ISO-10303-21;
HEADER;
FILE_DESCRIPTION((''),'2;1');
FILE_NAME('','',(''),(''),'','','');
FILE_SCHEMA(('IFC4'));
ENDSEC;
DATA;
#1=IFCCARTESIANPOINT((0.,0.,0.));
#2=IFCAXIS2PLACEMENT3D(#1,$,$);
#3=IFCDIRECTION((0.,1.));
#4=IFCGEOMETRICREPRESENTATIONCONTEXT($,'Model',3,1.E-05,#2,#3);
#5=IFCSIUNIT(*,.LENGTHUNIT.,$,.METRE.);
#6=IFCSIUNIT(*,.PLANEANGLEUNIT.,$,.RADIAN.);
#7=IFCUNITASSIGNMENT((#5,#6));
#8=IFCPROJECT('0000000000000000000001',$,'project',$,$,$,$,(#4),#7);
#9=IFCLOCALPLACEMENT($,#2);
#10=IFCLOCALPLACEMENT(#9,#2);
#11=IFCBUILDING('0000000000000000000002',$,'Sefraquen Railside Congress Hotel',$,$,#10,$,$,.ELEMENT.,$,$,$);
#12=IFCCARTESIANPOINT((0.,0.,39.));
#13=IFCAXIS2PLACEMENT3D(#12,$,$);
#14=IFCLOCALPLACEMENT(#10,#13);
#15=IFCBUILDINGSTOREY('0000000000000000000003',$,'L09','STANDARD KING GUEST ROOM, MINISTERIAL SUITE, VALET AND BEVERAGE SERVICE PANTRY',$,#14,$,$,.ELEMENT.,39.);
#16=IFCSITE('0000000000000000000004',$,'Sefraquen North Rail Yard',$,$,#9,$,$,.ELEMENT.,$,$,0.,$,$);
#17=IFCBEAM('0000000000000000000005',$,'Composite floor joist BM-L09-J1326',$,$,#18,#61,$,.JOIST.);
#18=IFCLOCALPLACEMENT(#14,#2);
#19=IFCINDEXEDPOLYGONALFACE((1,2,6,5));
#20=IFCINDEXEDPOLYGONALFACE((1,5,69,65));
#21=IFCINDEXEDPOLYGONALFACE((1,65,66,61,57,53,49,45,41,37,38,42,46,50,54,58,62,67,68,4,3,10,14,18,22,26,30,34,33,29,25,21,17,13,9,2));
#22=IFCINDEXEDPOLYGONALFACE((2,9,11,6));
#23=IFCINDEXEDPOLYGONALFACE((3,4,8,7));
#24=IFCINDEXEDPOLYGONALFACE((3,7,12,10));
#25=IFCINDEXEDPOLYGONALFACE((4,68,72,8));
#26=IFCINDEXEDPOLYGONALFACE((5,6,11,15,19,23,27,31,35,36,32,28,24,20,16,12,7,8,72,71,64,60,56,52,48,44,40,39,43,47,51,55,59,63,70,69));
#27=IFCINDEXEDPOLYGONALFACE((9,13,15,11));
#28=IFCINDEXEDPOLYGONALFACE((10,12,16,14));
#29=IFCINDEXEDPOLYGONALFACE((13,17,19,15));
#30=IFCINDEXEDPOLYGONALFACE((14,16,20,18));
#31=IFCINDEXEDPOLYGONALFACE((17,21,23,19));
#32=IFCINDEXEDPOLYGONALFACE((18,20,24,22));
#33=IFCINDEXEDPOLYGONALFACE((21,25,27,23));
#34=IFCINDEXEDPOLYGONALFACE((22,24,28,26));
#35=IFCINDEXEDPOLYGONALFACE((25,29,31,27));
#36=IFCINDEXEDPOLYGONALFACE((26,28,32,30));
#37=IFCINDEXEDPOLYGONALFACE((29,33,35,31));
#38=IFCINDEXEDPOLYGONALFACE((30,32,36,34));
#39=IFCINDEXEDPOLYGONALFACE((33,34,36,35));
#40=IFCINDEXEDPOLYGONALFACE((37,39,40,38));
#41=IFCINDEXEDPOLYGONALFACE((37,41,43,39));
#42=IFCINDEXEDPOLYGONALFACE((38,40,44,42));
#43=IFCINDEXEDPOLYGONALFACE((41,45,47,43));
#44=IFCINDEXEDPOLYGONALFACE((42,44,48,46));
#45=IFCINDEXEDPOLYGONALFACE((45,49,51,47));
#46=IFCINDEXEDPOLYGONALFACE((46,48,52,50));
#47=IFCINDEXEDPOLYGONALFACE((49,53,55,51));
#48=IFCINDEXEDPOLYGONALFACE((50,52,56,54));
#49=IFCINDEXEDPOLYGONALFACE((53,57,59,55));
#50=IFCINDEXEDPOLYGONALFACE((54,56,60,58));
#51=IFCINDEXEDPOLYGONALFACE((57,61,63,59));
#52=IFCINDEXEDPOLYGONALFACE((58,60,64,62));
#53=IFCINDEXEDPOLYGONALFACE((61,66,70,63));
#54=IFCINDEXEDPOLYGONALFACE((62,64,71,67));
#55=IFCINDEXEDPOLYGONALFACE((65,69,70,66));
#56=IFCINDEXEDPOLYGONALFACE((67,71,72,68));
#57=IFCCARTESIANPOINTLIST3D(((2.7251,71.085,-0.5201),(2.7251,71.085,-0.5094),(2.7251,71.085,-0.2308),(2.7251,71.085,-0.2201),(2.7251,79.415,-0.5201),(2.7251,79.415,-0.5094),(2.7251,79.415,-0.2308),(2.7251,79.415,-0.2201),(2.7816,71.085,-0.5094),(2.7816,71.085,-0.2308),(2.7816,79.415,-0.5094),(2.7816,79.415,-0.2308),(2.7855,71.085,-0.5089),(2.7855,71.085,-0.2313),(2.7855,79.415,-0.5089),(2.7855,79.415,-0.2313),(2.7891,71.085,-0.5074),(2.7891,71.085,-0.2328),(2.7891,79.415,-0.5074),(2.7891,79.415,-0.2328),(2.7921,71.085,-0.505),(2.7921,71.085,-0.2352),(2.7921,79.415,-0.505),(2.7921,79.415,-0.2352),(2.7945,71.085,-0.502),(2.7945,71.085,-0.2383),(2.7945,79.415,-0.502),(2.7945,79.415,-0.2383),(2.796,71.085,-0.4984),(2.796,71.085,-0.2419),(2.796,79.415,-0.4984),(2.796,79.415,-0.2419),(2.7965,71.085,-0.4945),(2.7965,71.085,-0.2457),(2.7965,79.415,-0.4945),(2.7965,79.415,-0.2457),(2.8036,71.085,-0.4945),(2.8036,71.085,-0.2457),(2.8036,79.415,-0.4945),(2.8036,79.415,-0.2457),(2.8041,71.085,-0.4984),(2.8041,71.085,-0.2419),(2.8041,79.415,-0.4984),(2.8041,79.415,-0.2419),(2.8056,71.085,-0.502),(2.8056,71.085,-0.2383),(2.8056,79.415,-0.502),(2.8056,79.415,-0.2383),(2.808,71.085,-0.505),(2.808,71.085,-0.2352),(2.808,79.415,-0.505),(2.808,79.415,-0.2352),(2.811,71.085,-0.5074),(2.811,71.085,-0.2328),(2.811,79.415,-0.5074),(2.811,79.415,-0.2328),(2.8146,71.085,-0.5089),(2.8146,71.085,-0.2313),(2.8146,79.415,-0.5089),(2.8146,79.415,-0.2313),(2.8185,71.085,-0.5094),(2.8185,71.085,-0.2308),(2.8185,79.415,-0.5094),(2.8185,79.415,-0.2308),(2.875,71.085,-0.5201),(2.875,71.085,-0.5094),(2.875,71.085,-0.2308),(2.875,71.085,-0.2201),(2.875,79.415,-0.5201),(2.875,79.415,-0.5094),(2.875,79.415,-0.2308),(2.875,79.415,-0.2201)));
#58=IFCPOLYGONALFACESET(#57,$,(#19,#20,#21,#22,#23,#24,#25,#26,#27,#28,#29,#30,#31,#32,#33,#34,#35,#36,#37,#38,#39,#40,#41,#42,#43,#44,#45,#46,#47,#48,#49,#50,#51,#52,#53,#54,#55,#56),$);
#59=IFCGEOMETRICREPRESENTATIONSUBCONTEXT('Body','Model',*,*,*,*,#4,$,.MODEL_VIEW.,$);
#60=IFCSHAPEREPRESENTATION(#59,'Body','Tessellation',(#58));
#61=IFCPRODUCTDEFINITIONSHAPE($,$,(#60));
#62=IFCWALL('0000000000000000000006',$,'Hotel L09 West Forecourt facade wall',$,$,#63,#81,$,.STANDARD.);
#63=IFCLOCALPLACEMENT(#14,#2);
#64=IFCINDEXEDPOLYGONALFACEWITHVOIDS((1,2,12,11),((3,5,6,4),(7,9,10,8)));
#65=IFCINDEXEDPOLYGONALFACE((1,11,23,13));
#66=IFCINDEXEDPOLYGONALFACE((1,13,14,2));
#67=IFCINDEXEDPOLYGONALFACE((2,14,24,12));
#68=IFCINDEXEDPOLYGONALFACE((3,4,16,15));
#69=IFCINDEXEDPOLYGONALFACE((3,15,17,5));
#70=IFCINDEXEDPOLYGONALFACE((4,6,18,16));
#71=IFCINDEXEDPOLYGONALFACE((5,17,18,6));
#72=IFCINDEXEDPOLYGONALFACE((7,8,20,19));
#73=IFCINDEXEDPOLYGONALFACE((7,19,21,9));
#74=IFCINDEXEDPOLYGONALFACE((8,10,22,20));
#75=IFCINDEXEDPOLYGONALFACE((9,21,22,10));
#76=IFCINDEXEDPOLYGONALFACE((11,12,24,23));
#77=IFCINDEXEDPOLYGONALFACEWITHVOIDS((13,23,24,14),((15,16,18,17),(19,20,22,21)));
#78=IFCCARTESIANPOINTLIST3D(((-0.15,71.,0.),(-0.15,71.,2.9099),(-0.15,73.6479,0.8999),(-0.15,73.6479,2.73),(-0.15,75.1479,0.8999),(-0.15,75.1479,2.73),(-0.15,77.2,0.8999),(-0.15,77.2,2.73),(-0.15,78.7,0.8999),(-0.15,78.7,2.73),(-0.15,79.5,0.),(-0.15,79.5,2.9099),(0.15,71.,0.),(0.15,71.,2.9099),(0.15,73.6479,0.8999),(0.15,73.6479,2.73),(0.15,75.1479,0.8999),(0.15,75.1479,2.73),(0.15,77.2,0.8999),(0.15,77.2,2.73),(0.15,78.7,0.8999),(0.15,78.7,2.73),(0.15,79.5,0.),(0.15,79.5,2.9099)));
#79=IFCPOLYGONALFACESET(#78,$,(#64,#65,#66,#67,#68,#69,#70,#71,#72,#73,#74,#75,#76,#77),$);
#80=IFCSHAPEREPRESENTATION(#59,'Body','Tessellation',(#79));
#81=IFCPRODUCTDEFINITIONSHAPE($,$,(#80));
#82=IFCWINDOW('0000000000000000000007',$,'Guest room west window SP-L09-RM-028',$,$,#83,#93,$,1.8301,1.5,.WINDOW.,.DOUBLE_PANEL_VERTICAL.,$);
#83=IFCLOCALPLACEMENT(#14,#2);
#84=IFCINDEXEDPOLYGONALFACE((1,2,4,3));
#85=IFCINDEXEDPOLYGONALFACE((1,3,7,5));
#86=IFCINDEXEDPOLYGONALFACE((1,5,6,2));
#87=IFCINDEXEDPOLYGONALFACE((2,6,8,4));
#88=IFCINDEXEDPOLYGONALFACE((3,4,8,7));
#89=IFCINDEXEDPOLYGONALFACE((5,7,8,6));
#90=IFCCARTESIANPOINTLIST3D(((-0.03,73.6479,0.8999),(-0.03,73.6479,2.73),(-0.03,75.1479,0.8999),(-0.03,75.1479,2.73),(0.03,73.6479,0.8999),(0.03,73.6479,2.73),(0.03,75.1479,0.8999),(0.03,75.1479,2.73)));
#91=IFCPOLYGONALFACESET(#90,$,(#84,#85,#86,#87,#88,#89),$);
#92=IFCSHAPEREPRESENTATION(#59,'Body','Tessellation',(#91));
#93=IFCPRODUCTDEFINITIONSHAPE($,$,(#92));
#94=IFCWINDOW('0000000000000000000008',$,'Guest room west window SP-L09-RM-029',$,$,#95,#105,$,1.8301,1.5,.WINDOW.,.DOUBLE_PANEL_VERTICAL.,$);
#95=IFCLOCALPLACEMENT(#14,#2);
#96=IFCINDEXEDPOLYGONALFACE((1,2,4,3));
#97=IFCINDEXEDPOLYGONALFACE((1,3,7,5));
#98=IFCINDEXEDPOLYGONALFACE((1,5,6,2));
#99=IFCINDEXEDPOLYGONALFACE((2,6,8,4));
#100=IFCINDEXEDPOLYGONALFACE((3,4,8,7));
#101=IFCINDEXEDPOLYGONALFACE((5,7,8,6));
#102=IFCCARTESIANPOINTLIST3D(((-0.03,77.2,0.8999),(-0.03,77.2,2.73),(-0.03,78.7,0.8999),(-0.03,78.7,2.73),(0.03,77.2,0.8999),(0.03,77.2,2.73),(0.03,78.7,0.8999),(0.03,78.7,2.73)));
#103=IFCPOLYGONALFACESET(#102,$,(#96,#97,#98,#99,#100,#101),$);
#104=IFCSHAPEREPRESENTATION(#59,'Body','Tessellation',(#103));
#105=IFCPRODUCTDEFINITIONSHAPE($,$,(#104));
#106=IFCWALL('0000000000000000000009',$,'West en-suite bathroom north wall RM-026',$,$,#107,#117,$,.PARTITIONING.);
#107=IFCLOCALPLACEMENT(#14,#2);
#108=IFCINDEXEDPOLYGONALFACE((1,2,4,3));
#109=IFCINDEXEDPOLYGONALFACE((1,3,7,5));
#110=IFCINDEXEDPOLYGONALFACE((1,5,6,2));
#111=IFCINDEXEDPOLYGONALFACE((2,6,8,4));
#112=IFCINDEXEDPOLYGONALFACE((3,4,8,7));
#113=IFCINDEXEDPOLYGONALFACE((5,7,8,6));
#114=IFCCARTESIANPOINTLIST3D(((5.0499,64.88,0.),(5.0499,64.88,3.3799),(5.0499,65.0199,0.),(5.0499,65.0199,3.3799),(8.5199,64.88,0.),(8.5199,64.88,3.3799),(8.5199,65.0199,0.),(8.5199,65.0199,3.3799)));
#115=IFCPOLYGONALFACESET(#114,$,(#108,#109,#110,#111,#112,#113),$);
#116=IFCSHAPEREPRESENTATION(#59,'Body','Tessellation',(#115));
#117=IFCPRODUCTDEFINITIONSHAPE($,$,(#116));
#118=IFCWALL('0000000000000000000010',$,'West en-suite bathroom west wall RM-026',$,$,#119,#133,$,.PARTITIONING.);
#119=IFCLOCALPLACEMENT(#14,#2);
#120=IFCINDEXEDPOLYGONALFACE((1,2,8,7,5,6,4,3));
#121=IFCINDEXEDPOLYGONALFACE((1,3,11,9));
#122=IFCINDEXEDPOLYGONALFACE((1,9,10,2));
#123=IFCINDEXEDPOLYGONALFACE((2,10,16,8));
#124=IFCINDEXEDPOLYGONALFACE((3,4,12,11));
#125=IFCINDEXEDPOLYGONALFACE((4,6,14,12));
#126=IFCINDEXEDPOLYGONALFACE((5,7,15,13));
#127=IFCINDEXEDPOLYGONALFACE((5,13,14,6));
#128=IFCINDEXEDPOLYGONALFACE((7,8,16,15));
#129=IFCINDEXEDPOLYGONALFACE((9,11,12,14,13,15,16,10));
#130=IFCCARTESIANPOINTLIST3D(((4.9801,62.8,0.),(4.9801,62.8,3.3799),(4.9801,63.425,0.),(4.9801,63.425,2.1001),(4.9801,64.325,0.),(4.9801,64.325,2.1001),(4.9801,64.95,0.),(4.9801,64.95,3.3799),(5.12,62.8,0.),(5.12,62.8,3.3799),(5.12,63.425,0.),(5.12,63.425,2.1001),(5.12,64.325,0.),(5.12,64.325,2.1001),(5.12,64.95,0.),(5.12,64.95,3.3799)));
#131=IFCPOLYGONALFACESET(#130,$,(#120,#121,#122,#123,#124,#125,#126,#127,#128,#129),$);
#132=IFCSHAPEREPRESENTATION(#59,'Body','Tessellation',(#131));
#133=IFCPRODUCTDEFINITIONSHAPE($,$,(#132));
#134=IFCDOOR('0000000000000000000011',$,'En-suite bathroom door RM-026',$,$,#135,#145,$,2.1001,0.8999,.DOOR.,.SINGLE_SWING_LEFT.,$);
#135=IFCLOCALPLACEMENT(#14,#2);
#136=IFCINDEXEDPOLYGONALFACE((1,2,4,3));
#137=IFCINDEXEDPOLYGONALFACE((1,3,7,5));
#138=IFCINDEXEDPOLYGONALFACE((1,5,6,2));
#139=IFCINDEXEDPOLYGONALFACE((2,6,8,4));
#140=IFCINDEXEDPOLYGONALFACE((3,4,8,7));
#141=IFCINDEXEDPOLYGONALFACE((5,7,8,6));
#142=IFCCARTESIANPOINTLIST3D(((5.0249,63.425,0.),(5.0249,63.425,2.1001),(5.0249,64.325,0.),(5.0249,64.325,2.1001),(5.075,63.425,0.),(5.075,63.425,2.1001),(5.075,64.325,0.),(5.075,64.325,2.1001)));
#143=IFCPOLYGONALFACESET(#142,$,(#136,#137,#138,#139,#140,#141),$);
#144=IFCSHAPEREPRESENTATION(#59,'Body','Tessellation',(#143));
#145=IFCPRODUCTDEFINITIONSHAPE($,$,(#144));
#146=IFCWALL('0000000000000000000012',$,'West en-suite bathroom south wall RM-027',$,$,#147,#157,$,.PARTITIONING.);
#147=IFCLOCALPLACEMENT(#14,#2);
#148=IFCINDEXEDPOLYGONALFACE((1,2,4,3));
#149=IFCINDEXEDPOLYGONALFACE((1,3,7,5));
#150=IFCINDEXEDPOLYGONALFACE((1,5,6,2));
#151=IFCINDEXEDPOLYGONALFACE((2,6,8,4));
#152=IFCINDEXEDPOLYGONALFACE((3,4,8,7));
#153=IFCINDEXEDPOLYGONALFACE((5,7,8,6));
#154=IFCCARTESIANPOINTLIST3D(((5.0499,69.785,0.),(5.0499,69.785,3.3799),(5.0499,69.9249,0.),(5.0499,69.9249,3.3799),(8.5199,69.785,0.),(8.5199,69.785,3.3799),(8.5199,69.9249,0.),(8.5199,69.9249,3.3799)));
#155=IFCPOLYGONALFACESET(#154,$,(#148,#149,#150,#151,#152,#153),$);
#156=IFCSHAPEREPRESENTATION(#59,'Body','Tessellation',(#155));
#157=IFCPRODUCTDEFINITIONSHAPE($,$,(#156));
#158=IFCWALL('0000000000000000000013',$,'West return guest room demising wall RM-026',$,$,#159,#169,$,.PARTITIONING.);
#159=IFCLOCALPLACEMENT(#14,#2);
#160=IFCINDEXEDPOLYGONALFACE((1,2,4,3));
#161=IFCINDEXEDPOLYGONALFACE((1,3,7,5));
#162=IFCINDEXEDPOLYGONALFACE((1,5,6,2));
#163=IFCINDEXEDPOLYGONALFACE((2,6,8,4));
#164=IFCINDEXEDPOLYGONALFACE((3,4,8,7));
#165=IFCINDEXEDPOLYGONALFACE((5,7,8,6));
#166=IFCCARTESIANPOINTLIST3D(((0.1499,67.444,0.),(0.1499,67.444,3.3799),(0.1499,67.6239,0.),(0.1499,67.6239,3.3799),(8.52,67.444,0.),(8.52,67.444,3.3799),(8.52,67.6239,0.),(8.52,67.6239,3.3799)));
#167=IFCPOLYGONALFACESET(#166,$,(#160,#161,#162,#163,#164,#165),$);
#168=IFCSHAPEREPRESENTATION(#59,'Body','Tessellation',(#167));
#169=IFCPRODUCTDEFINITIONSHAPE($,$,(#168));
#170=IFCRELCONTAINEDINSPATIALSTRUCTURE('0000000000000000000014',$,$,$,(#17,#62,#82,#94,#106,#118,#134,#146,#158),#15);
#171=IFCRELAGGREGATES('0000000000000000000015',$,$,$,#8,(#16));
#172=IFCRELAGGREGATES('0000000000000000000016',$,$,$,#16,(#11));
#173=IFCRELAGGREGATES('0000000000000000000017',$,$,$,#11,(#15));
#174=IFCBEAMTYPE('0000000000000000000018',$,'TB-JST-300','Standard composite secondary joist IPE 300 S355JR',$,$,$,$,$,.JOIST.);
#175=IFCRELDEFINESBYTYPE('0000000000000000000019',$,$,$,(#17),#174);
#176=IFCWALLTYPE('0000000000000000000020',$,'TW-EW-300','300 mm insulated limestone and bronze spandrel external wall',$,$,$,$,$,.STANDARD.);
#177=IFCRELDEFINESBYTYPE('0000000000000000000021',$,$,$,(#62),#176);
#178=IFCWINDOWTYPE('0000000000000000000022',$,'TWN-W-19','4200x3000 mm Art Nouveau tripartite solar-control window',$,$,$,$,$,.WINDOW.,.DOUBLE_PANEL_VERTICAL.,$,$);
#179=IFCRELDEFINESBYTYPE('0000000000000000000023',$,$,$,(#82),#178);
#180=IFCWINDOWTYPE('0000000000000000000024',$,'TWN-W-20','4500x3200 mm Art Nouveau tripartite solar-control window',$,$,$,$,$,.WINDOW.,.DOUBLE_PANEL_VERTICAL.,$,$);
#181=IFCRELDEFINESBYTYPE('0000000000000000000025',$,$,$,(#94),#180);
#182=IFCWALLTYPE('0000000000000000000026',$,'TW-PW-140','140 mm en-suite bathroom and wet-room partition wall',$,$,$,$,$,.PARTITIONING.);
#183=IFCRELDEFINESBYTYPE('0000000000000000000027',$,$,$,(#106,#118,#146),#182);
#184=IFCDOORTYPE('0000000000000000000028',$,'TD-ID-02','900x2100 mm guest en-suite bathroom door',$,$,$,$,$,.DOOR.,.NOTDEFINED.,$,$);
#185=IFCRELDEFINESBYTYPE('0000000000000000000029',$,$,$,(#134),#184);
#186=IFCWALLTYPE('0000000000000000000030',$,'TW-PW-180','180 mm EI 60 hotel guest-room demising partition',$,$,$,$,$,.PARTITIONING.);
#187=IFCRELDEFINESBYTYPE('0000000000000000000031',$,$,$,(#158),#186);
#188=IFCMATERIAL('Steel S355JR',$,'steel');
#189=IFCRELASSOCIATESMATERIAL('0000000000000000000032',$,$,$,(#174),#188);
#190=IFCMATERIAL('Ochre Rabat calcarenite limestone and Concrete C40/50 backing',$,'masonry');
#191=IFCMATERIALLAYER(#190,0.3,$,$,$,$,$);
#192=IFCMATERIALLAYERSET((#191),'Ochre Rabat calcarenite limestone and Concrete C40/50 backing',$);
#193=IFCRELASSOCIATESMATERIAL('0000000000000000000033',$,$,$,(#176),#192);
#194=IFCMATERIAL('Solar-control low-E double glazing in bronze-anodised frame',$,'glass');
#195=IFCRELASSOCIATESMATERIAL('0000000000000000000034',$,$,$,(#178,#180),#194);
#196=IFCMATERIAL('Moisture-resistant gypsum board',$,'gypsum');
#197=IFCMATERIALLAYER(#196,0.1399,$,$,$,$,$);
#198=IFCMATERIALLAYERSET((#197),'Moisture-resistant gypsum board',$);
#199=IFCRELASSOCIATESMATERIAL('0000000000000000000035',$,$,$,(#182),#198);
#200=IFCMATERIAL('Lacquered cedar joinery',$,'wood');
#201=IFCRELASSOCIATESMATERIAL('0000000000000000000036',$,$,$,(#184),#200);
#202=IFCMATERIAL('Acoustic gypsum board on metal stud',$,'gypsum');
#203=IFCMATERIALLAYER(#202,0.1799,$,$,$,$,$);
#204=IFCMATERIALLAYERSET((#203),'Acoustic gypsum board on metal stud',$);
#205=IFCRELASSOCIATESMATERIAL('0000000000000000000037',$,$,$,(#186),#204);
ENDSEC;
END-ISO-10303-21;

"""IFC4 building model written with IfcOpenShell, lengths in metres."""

from ifc_helpers import new_model, si_unit, direction, frame, frame_2d, origin, origin_2d, place, context, subcontext, project, spatial, rectangle, i_section, extrude, material, layer, layer_set, material_profile, profile_set, type_object, element, fill, save


model = new_model("IFC4")

# Units and contexts
model_context = context("Model", 3, precision=1e-05, world=origin(), true_north=direction((0.0, 1.0)))
body_context = subcontext(model_context, "Body", "Model", "MODEL_VIEW")
ifc_project = project(units=[si_unit("LENGTHUNIT", "METRE"), si_unit("PLANEANGLEUNIT", "RADIAN")], contexts=[model_context])

# Site, building, storey
site_placement = place(None, origin())
site = spatial("IfcSite", under=ifc_project, at=site_placement, Name="Sefraquen North Rail Yard", CompositionType="ELEMENT", RefElevation=0.0)
building_placement = place(site_placement, origin())
building = spatial("IfcBuilding", under=site, at=building_placement, Name="Sefraquen Railside Congress Hotel", CompositionType="ELEMENT")
storey_placement = place(building_placement, frame((0.0, 0.0, 39.0)))
storey = spatial("IfcBuildingStorey", under=building, at=storey_placement, Name="L09", Description="STANDARD KING GUEST ROOM, MINISTERIAL SUITE, VALET AND BEVERAGE SERVICE PANTRY", CompositionType="ELEMENT", Elevation=39.0)

# Shared definitions
ifc_material_1 = material(Name="Steel S355JR", Category="steel")

# Beam
ifc_material_profile_1 = material_profile(ifc_material_1, i_section(OverallWidth=0.1499, OverallDepth=0.3, WebThickness=0.0071, FlangeThickness=0.0107, FilletRadius=0.0149, at=origin_2d()), Name="IPE 300")
ifc_profile_set_1 = profile_set([ifc_material_profile_1], Name="Steel S355JR")
beam_type_1 = type_object("IfcBeamType", Name="TB-JST-300", Description="Standard composite secondary joist IPE 300 S355JR", PredefinedType="JOIST", material=ifc_profile_set_1)
beam_1_placement = place(storey_placement, frame((2.8, 71.085, -0.3701), z_axis=(0.0, 1.0, 0.0), x_axis=(-1.0, 0.0, 0.0)))
element("IfcBeam", 1, at=beam_1_placement, inside=storey, type_object=beam_type_1, Name="Composite floor joist BM-L09-J1326", PredefinedType="JOIST", context=body_context, shape_type="SweptSolid", body=[
    extrude(i_section(OverallWidth=0.1499, OverallDepth=0.3, WebThickness=0.0071, FlangeThickness=0.0107, FilletRadius=0.0149, at=origin_2d()), origin(), (0.0, 0.0, 1.0), 8.3301),
])

# Wall, openings, windows
ifc_material_2 = material(Name="Ochre Rabat calcarenite limestone and Concrete C40/50 backing", Category="masonry")
ifc_layer_1 = layer(ifc_material_2, 0.3)
ifc_layer_set_1 = layer_set([ifc_layer_1], Name="Ochre Rabat calcarenite limestone and Concrete C40/50 backing")
wall_type_1 = type_object("IfcWallType", Name="TW-EW-300", Description="300 mm insulated limestone and bronze spandrel external wall", PredefinedType="STANDARD", material=ifc_layer_set_1)
wall_1_placement = place(storey_placement, frame((0.0, 71.0, 0.0), z_axis=(0.0, 0.0, 1.0), x_axis=(0.0, 1.0, 0.0)))
wall_1 = element("IfcWall", 2, at=wall_1_placement, inside=storey, type_object=wall_type_1, Name="Hotel L09 West Forecourt facade wall", PredefinedType="STANDARD", context=body_context, shape_type="SweptSolid", body=[
    extrude(rectangle(XDim=8.5, YDim=0.3, at=frame_2d((4.25, 0.0))), origin(), (0.0, 0.0, 1.0), 2.9099),
])
opening_1_placement = place(wall_1_placement, frame((2.6479, 0.0, 0.8999)))
opening_1 = element("IfcOpeningElement", 3, at=opening_1_placement, cuts=wall_1, PredefinedType="OPENING", context=body_context, shape_type="SweptSolid", body=[
    extrude(rectangle(XDim=1.5, YDim=1.8301, at=frame_2d((0.75, 0.915))), frame((0.0, 0.1599, 0.0), z_axis=(0.0, -1.0, 0.0), x_axis=(1.0, 0.0, 0.0)), (0.0, 0.0, 1.0), 0.3201),
])
opening_2_placement = place(wall_1_placement, frame((6.2, 0.0, 0.8999)))
opening_2 = element("IfcOpeningElement", 4, at=opening_2_placement, cuts=wall_1, PredefinedType="OPENING", context=body_context, shape_type="SweptSolid", body=[
    extrude(rectangle(XDim=1.5, YDim=1.8301, at=frame_2d((0.75, 0.915))), frame((0.0, 0.1599, 0.0), z_axis=(0.0, -1.0, 0.0), x_axis=(1.0, 0.0, 0.0)), (0.0, 0.0, 1.0), 0.3201),
])
ifc_material_3 = material(Name="Solar-control low-E double glazing in bronze-anodised frame", Category="glass")
window_type_1 = type_object("IfcWindowType", Name="TWN-W-19", Description="4200x3000 mm Art Nouveau tripartite solar-control window", PartitioningType="DOUBLE_PANEL_VERTICAL", PredefinedType="WINDOW", material=ifc_material_3)
window_1_placement = place(opening_1_placement, origin())
window_1 = element("IfcWindow", 5, at=window_1_placement, inside=storey, type_object=window_type_1, Name="Guest room west window SP-L09-RM-028", OverallHeight=1.8301, OverallWidth=1.5, PartitioningType="DOUBLE_PANEL_VERTICAL", PredefinedType="WINDOW", context=body_context, shape_type="SweptSolid", body=[
    extrude(rectangle(XDim=1.5, YDim=1.8301, at=frame_2d((0.75, 0.915))), frame((0.0, 0.03, 0.0), z_axis=(0.0, -1.0, 0.0), x_axis=(1.0, 0.0, 0.0)), (0.0, 0.0, 1.0), 0.0601),
])
fill(opening_1, window_1)
window_type_2 = type_object("IfcWindowType", Name="TWN-W-20", Description="4500x3200 mm Art Nouveau tripartite solar-control window", PartitioningType="DOUBLE_PANEL_VERTICAL", PredefinedType="WINDOW", material=ifc_material_3)
window_2_placement = place(opening_2_placement, origin())
window_2 = element("IfcWindow", 6, at=window_2_placement, inside=storey, type_object=window_type_2, Name="Guest room west window SP-L09-RM-029", OverallHeight=1.8301, OverallWidth=1.5, PartitioningType="DOUBLE_PANEL_VERTICAL", PredefinedType="WINDOW", context=body_context, shape_type="SweptSolid", body=[
    extrude(rectangle(XDim=1.5, YDim=1.8301, at=frame_2d((0.75, 0.915))), frame((0.0, 0.03, 0.0), z_axis=(0.0, -1.0, 0.0), x_axis=(1.0, 0.0, 0.0)), (0.0, 0.0, 1.0), 0.0601),
])
fill(opening_2, window_2)

# Wall
ifc_material_4 = material(Name="Moisture-resistant gypsum board", Category="gypsum")
ifc_layer_2 = layer(ifc_material_4, 0.1399)
ifc_layer_set_2 = layer_set([ifc_layer_2], Name="Moisture-resistant gypsum board")
wall_type_2 = type_object("IfcWallType", Name="TW-PW-140", Description="140 mm en-suite bathroom and wet-room partition wall", PredefinedType="PARTITIONING", material=ifc_layer_set_2)
wall_2_placement = place(storey_placement, frame((5.05, 64.95, 0.0), z_axis=(0.0, 0.0, 1.0), x_axis=(1.0, 0.0, 0.0)))
element("IfcWall", 7, at=wall_2_placement, inside=storey, type_object=wall_type_2, Name="West en-suite bathroom north wall RM-026", PredefinedType="PARTITIONING", context=body_context, shape_type="SweptSolid", body=[
    extrude(rectangle(XDim=3.47, YDim=0.1399, at=frame_2d((1.7349, 0.0))), origin(), (0.0, 0.0, 1.0), 3.3799),
])

# Wall, opening, door
wall_3_placement = place(storey_placement, frame((5.05, 62.8, 0.0), z_axis=(0.0, 0.0, 1.0), x_axis=(0.0, 1.0, 0.0)))
wall_3 = element("IfcWall", 8, at=wall_3_placement, inside=storey, type_object=wall_type_2, Name="West en-suite bathroom west wall RM-026", PredefinedType="PARTITIONING", context=body_context, shape_type="SweptSolid", body=[
    extrude(rectangle(XDim=2.1499, YDim=0.1399, at=frame_2d((1.075, 0.0))), origin(), (0.0, 0.0, 1.0), 3.3799),
])
opening_3_placement = place(wall_3_placement, frame((0.625, 0.0, 0.0)))
opening_3 = element("IfcOpeningElement", 9, at=opening_3_placement, cuts=wall_3, PredefinedType="OPENING", context=body_context, shape_type="SweptSolid", body=[
    extrude(rectangle(XDim=0.8999, YDim=2.1001, at=frame_2d((0.45, 1.05))), frame((0.0, 0.0798, 0.0), z_axis=(0.0, -1.0, 0.0), x_axis=(1.0, 0.0, 0.0)), (0.0, 0.0, 1.0), 0.1599),
])
ifc_material_5 = material(Name="Lacquered cedar joinery", Category="wood")
door_type = type_object("IfcDoorType", Name="TD-ID-02", Description="900x2100 mm guest en-suite bathroom door", OperationType="NOTDEFINED", PredefinedType="DOOR", material=ifc_material_5)
door_placement = place(opening_3_placement, frame((0.8999, 0.0, 0.0), z_axis=(0.0, 0.0, 1.0), x_axis=(-1.0, 0.0, 0.0)))
door = element("IfcDoor", 10, at=door_placement, inside=storey, type_object=door_type, Name="En-suite bathroom door RM-026", OperationType="SINGLE_SWING_LEFT", OverallHeight=2.1001, OverallWidth=0.8999, PredefinedType="DOOR", context=body_context, shape_type="SweptSolid", body=[
    extrude(rectangle(XDim=0.8999, YDim=2.1001, at=frame_2d((0.45, 1.05))), frame((0.0, 0.0249, 0.0), z_axis=(0.0, -1.0, 0.0), x_axis=(1.0, 0.0, 0.0)), (0.0, 0.0, 1.0), 0.05),
])
fill(opening_3, door)

# Walls
wall_4_placement = place(storey_placement, frame((5.05, 69.855, 0.0), z_axis=(0.0, 0.0, 1.0), x_axis=(1.0, 0.0, 0.0)))
element("IfcWall", 11, at=wall_4_placement, inside=storey, type_object=wall_type_2, Name="West en-suite bathroom south wall RM-027", PredefinedType="PARTITIONING", context=body_context, shape_type="SweptSolid", body=[
    extrude(rectangle(XDim=3.47, YDim=0.1399, at=frame_2d((1.7349, 0.0))), origin(), (0.0, 0.0, 1.0), 3.3799),
])
ifc_material_6 = material(Name="Acoustic gypsum board on metal stud", Category="gypsum")
ifc_layer_3 = layer(ifc_material_6, 0.1799)
ifc_layer_set_3 = layer_set([ifc_layer_3], Name="Acoustic gypsum board on metal stud")
wall_type_3 = type_object("IfcWallType", Name="TW-PW-180", Description="180 mm EI 60 hotel guest-room demising partition", PredefinedType="PARTITIONING", material=ifc_layer_set_3)
wall_5_placement = place(storey_placement, frame((0.1499, 67.5339, 0.0), z_axis=(0.0, 0.0, 1.0), x_axis=(1.0, 0.0, 0.0)))
element("IfcWall", 12, at=wall_5_placement, inside=storey, type_object=wall_type_3, Name="West return guest room demising wall RM-026", PredefinedType="PARTITIONING", context=body_context, shape_type="SweptSolid", body=[
    extrude(rectangle(XDim=8.3701, YDim=0.1799, at=frame_2d((4.1851, 0.0))), origin(), (0.0, 0.0, 1.0), 3.3799),
])

save(model, "model.ifc")
